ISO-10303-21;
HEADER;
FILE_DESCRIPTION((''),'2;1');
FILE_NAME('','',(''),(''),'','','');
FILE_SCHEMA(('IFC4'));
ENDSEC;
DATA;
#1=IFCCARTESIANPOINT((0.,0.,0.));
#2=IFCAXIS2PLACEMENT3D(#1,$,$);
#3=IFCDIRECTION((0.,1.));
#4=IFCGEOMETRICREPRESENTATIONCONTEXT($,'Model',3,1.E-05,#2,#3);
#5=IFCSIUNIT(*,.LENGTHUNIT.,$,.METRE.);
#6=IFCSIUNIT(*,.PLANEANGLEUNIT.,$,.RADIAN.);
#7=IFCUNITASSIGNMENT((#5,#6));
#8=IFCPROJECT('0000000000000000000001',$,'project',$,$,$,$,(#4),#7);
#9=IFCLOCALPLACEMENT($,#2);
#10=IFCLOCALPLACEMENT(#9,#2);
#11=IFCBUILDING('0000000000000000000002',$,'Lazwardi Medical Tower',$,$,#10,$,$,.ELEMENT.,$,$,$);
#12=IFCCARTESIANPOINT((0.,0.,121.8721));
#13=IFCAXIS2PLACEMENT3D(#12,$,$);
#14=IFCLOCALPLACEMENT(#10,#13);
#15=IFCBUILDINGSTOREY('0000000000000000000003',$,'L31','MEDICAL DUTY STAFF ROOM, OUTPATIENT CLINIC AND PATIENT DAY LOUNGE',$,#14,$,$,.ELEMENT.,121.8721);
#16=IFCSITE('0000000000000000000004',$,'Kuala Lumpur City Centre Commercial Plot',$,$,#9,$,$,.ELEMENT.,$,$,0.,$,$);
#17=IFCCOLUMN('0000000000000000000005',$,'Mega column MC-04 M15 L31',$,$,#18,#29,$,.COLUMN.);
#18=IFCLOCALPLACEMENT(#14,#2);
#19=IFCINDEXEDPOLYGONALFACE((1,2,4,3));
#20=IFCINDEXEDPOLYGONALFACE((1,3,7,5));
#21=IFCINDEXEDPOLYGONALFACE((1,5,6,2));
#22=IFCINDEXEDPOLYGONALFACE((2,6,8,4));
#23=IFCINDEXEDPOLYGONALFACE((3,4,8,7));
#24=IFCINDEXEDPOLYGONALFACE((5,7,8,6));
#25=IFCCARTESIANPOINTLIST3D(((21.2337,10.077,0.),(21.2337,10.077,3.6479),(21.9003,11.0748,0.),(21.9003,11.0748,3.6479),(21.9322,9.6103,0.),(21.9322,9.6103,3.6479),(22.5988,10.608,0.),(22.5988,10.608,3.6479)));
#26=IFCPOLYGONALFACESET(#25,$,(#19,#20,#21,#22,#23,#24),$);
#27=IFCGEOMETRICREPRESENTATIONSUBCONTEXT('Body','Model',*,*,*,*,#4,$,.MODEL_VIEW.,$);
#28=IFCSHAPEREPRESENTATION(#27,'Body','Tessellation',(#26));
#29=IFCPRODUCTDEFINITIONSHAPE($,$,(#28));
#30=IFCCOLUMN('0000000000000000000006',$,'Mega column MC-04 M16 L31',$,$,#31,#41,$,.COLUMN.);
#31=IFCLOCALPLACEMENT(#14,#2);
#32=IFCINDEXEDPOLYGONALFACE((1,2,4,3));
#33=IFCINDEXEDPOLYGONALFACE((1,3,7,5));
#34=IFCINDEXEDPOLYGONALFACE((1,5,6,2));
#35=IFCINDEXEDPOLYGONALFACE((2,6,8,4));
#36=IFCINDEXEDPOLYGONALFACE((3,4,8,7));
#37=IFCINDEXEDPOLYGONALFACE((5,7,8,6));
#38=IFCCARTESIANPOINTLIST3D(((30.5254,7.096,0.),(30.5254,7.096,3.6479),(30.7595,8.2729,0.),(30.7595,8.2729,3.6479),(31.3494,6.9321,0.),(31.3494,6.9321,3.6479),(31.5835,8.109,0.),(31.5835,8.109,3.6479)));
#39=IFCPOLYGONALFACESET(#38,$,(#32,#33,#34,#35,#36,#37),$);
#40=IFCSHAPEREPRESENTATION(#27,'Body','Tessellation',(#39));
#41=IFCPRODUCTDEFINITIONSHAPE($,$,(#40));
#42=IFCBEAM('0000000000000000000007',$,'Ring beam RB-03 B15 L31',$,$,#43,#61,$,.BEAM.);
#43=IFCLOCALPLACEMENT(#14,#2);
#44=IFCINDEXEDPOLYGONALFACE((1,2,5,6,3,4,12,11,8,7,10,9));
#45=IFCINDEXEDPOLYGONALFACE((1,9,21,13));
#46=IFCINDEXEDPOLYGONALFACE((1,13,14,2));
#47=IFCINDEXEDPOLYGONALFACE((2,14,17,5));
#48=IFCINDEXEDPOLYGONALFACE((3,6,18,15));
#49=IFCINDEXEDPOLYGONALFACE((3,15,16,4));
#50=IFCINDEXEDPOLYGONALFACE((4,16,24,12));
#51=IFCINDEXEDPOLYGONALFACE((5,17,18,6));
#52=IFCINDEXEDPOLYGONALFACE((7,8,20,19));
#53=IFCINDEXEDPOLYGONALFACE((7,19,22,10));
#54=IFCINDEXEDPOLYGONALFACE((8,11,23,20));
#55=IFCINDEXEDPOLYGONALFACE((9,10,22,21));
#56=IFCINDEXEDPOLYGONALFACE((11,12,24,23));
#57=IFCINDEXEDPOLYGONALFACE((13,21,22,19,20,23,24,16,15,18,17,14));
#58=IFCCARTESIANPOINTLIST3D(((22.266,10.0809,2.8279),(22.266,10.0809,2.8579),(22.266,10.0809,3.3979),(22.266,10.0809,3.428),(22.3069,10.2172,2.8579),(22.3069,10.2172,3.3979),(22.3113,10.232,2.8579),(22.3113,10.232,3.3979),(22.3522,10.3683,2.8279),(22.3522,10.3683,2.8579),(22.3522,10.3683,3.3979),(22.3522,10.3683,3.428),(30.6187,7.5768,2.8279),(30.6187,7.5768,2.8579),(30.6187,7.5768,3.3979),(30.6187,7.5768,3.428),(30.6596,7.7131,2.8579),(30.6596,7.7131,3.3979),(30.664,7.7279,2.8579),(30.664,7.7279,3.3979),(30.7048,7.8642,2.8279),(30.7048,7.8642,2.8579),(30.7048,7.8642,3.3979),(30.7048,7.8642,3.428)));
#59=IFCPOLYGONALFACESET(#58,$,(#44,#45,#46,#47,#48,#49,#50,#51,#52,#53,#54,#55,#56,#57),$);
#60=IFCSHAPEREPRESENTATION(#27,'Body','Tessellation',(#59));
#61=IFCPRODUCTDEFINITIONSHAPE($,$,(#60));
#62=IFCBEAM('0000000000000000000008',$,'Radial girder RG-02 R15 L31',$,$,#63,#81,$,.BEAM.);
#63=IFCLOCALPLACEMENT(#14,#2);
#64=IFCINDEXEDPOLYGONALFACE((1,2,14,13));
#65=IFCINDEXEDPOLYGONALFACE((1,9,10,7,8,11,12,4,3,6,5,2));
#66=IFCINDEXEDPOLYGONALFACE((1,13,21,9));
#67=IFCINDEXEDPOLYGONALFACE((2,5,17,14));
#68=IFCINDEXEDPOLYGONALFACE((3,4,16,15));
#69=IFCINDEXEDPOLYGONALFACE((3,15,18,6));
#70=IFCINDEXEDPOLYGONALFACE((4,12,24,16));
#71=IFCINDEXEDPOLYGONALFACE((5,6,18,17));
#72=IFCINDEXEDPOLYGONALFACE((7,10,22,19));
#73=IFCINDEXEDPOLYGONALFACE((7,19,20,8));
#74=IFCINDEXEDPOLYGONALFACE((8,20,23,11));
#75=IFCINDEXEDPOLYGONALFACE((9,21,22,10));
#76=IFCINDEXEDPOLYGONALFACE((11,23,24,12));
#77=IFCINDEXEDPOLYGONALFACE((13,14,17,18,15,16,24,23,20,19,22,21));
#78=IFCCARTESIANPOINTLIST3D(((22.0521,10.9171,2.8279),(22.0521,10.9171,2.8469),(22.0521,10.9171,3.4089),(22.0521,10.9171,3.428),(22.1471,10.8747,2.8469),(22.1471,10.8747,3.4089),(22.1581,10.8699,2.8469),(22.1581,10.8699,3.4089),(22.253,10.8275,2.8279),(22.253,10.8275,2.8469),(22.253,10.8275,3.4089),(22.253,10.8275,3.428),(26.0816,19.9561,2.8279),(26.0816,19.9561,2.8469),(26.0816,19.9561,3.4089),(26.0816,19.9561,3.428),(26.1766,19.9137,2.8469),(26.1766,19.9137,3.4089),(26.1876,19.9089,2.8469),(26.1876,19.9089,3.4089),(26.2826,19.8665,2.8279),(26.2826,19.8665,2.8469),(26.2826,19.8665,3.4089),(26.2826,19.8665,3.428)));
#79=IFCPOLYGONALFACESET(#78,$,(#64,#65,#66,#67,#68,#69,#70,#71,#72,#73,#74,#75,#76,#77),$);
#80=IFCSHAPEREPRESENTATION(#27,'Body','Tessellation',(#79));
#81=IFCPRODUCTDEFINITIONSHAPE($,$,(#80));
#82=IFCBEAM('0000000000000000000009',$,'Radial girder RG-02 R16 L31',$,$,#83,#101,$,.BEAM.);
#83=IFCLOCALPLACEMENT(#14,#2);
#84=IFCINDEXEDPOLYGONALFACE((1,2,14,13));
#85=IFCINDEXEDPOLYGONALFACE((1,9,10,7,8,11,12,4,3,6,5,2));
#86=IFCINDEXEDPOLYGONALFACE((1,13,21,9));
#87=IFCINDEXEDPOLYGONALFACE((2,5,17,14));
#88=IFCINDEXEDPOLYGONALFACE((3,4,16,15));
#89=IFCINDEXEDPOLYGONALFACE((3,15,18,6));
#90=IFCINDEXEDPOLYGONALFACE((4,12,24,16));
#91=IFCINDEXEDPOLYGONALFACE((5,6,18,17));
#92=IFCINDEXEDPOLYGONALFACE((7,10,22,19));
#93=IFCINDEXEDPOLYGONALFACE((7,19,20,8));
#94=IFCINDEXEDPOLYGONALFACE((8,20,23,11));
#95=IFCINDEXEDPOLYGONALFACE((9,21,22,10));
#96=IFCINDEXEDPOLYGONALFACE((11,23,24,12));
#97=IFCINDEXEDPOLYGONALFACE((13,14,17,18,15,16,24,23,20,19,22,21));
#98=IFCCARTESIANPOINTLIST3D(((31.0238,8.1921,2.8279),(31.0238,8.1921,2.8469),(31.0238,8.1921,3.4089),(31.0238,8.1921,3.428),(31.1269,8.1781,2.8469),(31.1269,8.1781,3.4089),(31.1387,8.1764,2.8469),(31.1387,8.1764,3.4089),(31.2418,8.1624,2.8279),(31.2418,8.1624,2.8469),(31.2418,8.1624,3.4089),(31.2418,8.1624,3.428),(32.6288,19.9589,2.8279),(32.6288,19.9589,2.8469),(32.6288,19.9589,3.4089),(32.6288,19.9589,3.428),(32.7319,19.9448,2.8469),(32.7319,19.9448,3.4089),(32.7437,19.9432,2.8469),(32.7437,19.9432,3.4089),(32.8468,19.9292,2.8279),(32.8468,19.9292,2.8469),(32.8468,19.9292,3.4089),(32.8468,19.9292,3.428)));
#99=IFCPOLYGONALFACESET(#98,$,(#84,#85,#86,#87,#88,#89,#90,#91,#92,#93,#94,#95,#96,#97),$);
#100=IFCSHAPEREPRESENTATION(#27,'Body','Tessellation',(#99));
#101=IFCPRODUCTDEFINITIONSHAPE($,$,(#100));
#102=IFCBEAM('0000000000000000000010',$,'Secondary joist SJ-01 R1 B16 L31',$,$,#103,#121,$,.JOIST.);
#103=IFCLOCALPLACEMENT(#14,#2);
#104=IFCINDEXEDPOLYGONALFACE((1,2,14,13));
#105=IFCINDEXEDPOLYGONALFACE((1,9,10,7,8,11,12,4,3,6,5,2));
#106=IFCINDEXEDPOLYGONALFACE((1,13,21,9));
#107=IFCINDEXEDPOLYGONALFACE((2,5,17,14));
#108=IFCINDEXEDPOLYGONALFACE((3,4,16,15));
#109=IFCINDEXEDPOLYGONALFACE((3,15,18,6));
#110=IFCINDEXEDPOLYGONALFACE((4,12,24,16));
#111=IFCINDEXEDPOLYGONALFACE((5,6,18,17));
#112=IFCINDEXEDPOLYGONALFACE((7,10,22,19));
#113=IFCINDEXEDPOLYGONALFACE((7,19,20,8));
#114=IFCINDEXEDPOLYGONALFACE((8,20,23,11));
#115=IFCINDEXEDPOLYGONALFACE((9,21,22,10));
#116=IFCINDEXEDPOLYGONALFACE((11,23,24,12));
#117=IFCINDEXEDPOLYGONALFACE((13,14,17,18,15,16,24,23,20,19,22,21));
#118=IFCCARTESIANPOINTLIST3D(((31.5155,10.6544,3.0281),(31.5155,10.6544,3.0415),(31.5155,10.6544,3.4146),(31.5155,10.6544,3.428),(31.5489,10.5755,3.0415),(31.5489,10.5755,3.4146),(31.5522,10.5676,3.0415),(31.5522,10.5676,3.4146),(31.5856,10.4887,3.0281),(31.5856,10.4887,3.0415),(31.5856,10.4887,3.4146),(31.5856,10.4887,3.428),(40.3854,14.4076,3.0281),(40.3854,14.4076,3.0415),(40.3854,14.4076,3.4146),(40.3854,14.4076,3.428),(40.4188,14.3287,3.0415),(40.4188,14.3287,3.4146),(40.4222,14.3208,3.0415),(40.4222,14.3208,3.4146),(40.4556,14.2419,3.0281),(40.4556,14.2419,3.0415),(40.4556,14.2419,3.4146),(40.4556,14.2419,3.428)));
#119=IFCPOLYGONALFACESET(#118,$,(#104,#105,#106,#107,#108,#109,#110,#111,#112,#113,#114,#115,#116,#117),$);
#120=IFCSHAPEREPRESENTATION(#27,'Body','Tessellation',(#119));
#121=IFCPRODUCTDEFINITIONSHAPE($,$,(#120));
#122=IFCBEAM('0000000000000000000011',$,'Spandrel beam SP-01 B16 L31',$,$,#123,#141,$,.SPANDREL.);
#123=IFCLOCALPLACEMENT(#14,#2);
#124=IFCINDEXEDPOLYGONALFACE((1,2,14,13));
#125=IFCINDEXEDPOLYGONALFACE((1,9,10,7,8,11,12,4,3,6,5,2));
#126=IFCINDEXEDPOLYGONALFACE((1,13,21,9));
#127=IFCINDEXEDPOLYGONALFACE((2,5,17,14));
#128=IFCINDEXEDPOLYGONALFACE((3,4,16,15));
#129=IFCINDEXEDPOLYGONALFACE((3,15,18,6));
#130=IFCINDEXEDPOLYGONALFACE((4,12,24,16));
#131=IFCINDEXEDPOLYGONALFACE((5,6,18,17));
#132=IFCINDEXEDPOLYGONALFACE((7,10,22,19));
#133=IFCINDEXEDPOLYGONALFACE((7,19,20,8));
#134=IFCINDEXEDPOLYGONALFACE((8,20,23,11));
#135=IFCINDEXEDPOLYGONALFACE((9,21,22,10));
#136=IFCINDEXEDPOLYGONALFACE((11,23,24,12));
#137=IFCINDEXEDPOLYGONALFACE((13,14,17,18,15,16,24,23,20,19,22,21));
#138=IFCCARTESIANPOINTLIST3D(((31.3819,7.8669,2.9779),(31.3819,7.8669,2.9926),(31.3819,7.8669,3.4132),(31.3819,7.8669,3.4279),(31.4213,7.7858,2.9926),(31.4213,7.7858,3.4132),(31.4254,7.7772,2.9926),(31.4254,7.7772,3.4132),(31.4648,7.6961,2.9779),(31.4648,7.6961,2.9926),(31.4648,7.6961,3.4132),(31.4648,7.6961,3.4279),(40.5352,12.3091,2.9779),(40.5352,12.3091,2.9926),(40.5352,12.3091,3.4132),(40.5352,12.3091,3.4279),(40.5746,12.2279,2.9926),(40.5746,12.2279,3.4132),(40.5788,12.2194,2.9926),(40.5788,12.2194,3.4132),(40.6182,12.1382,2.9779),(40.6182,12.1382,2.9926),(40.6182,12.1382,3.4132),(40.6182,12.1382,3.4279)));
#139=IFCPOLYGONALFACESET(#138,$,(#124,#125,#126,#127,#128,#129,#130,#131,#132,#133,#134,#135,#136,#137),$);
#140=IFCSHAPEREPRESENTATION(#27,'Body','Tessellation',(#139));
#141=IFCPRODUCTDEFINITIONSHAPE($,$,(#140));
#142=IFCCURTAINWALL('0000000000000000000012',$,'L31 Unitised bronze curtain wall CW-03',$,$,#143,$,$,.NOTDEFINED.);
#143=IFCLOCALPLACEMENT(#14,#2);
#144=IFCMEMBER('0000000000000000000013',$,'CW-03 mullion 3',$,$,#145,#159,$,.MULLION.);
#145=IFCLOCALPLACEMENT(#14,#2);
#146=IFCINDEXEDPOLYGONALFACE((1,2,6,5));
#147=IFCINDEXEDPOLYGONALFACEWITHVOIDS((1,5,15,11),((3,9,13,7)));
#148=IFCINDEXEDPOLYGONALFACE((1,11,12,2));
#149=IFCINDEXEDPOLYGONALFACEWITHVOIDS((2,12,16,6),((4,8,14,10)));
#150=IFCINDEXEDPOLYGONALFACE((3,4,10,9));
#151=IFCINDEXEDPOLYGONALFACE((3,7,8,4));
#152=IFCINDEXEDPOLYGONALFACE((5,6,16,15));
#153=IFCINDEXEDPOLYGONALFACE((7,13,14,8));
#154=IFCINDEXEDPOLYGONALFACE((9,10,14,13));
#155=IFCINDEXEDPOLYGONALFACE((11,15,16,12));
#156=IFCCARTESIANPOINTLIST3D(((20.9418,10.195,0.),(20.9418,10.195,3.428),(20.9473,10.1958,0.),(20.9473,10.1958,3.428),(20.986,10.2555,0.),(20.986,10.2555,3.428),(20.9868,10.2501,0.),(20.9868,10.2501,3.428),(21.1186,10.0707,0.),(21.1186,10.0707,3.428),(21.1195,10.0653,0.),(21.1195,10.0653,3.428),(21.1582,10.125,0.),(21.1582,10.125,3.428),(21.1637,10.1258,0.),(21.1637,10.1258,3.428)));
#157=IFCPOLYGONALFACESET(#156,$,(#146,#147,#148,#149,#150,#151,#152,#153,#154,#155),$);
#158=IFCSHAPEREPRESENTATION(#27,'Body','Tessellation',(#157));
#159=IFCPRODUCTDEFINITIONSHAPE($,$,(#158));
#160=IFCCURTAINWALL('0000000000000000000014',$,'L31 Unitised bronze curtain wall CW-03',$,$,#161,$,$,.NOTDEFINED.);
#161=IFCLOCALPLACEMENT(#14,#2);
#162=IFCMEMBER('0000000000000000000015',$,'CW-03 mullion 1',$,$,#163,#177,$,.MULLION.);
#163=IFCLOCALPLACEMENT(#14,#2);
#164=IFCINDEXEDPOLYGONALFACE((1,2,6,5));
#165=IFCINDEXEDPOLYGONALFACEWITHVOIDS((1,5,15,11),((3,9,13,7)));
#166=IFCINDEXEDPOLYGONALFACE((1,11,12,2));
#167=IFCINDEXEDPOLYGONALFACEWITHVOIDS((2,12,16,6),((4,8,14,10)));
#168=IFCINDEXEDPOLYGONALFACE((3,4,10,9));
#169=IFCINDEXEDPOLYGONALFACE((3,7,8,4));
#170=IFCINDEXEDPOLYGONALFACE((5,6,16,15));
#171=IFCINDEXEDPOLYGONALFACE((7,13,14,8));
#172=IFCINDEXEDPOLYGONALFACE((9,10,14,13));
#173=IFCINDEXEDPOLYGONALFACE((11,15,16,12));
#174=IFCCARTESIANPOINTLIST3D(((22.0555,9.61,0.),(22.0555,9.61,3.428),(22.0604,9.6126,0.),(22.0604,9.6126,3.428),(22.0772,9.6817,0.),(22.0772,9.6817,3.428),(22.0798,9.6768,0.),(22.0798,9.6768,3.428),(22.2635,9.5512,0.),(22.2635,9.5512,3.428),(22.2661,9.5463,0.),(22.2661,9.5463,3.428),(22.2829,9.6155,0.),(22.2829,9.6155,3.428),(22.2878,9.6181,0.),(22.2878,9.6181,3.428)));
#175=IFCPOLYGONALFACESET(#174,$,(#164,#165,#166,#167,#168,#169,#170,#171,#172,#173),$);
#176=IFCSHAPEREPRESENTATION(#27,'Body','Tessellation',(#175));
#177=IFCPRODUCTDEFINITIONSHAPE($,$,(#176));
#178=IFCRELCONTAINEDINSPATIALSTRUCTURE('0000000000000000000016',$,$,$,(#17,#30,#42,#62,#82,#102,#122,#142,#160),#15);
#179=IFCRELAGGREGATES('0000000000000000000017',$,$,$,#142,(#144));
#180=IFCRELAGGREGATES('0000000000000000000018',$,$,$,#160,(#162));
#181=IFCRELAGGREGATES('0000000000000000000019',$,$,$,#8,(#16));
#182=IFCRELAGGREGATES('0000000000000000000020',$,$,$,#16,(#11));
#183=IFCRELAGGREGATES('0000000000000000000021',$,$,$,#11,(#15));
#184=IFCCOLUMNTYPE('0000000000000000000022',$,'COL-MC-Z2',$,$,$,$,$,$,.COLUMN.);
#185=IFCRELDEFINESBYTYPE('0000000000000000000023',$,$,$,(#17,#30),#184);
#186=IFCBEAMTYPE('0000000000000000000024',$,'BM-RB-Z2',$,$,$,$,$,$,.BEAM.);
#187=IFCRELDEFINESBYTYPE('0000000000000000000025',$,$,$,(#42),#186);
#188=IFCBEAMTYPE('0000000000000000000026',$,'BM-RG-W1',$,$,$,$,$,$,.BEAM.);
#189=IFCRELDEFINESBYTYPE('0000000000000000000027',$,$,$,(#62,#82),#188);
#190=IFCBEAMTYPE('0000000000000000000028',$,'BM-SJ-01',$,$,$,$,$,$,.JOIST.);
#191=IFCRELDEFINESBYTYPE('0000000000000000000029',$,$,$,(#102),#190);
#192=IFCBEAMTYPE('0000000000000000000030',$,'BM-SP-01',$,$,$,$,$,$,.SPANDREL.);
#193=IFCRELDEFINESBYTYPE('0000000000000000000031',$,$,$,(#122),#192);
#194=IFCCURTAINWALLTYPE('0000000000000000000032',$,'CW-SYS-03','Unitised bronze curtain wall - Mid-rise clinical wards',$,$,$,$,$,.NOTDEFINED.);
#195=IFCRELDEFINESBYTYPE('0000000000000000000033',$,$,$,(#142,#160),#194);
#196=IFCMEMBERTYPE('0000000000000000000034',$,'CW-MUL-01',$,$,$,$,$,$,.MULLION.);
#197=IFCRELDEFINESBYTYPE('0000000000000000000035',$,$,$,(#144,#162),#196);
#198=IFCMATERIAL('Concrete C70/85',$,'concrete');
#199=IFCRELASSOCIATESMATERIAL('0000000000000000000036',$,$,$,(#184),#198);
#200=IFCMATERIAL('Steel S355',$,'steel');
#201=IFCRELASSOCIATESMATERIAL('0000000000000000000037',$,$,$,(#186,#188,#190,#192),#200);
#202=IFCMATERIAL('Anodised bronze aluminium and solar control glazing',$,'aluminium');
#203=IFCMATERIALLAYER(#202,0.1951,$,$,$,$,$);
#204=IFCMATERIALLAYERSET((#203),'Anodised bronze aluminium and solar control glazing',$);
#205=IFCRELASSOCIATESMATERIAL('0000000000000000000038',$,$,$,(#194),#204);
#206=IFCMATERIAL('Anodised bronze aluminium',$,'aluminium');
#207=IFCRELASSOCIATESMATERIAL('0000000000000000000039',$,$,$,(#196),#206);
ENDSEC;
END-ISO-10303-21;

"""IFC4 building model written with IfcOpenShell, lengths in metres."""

from ifc_helpers import new_model, si_unit, direction, frame, origin, origin_2d, place, context, subcontext, project, spatial, rectangle, hollow_rectangle, i_section, extrude, material, layer, layer_set, material_profile, profile_set, type_object, element, aggregate, save


model = new_model("IFC4")

# Units and contexts
model_context = context("Model", 3, precision=1e-05, world=origin(), true_north=direction((0.0, 1.0)))
body_context = subcontext(model_context, "Body", "Model", "MODEL_VIEW")
ifc_project = project(units=[si_unit("LENGTHUNIT", "METRE"), si_unit("PLANEANGLEUNIT", "RADIAN")], contexts=[model_context])

# Site, building, storey
site_placement = place(None, origin())
site = spatial("IfcSite", under=ifc_project, at=site_placement, Name="Kuala Lumpur City Centre Commercial Plot", CompositionType="ELEMENT", RefElevation=0.0)
building_placement = place(site_placement, origin())
building = spatial("IfcBuilding", under=site, at=building_placement, Name="Lazwardi Medical Tower", CompositionType="ELEMENT")
storey_placement = place(building_placement, frame((0.0, 0.0, 121.8721)))
storey = spatial("IfcBuildingStorey", under=building, at=storey_placement, Name="L31", Description="MEDICAL DUTY STAFF ROOM, OUTPATIENT CLINIC AND PATIENT DAY LOUNGE", CompositionType="ELEMENT", Elevation=121.8721)

# Columns
ifc_material_1 = material(Name="Concrete C70/85", Category="concrete")
ifc_material_profile_1 = material_profile(ifc_material_1, rectangle(XDim=1.2, YDim=0.8401, at=origin_2d()), Name="CFT-RECT 1200x840")
ifc_profile_set_1 = profile_set([ifc_material_profile_1], Name="Concrete C70/85")
column_type = type_object("IfcColumnType", Name="COL-MC-Z2", PredefinedType="COLUMN", material=ifc_profile_set_1)
for number, where, z_axis, x_axis, name in (
    (1, (21.9163, 10.3425, 0.0), (0.0, 0.0, 1.0), (-0.55557, -0.83147, 0.0), "Mega column MC-04 M15 L31"),
    (2, (31.0544, 7.6025, 0.0), (0.0, 0.0, 1.0), (-0.19509, -0.980785, 0.0), "Mega column MC-04 M16 L31"),
):
    element("IfcColumn", number, at=place(storey_placement, frame(where, z_axis=z_axis, x_axis=x_axis)), inside=storey, type_object=column_type, Name=name, PredefinedType="COLUMN", context=body_context, shape_type="SweptSolid", body=[
        extrude(rectangle(XDim=1.2, YDim=0.8401, at=origin_2d()), origin(), (0.0, 0.0, 1.0), 3.6479),
    ])

# Beams
ifc_material_2 = material(Name="Steel S355", Category="steel")
ifc_material_profile_2 = material_profile(ifc_material_2, i_section(OverallWidth=0.3, OverallDepth=0.6001, WebThickness=0.0154, FlangeThickness=0.03, at=origin_2d()), Name="HEB 600")
ifc_profile_set_2 = profile_set([ifc_material_profile_2], Name="Steel S355")
beam_type_1 = type_object("IfcBeamType", Name="BM-RB-Z2", PredefinedType="BEAM", material=ifc_profile_set_2)
beam_1_placement = place(storey_placement, frame((22.3091, 10.2246, 3.1279), z_axis=(0.957879, -0.287171, 0.0), x_axis=(0.287171, 0.957879, 0.0)))
element("IfcBeam", 3, at=beam_1_placement, inside=storey, type_object=beam_type_1, Name="Ring beam RB-03 B15 L31", PredefinedType="BEAM", context=body_context, shape_type="SweptSolid", body=[
    extrude(i_section(OverallWidth=0.3, OverallDepth=0.6001, WebThickness=0.0154, FlangeThickness=0.03, at=origin_2d()), origin(), (0.0, 0.0, 1.0), 8.72),
])
ifc_material_profile_3 = material_profile(ifc_material_2, i_section(OverallWidth=0.22, OverallDepth=0.6001, WebThickness=0.012, FlangeThickness=0.019, at=origin_2d()), Name="IPE 600")
ifc_profile_set_3 = profile_set([ifc_material_profile_3], Name="Steel S355")
beam_type_2 = type_object("IfcBeamType", Name="BM-RG-W1", PredefinedType="BEAM", material=ifc_profile_set_3)
beam_2_placement = place(storey_placement, frame((22.1526, 10.8723, 3.1279), z_axis=(0.407166, 0.913354, 0.0), x_axis=(-0.913354, 0.407166, 0.0)))
element("IfcBeam", 4, at=beam_2_placement, inside=storey, type_object=beam_type_2, Name="Radial girder RG-02 R15 L31", PredefinedType="BEAM", context=body_context, shape_type="SweptSolid", body=[
    extrude(i_section(OverallWidth=0.22, OverallDepth=0.6001, WebThickness=0.012, FlangeThickness=0.019, at=origin_2d()), origin(), (0.0, 0.0, 1.0), 9.8965),
])
beam_3_placement = place(storey_placement, frame((31.1328, 8.1772, 3.1279), z_axis=(0.135147, 0.990826, 0.0), x_axis=(-0.990826, 0.135147, 0.0)))
element("IfcBeam", 5, at=beam_3_placement, inside=storey, type_object=beam_type_2, Name="Radial girder RG-02 R16 L31", PredefinedType="BEAM", context=body_context, shape_type="SweptSolid", body=[
    extrude(i_section(OverallWidth=0.22, OverallDepth=0.6001, WebThickness=0.012, FlangeThickness=0.019, at=origin_2d()), origin(), (0.0, 0.0, 1.0), 11.8757),
])
ifc_material_profile_4 = material_profile(ifc_material_2, i_section(OverallWidth=0.1799, OverallDepth=0.3999, WebThickness=0.0085, FlangeThickness=0.0134, at=origin_2d()), Name="IPE 400")
ifc_profile_set_4 = profile_set([ifc_material_profile_4], Name="Steel S355")
beam_type_3 = type_object("IfcBeamType", Name="BM-SJ-01", PredefinedType="JOIST", material=ifc_profile_set_4)
beam_4_placement = place(storey_placement, frame((31.5505, 10.5715, 3.228), z_axis=(0.920947, 0.389687, 0.0), x_axis=(-0.389687, 0.920947, 0.0)))
element("IfcBeam", 6, at=beam_4_placement, inside=storey, type_object=beam_type_3, Name="Secondary joist SJ-01 R1 B16 L31", PredefinedType="JOIST", context=body_context, shape_type="SweptSolid", body=[
    extrude(i_section(OverallWidth=0.1799, OverallDepth=0.3999, WebThickness=0.0085, FlangeThickness=0.0134, at=origin_2d()), origin(), (0.0, 0.0, 1.0), 9.6313),
])
ifc_material_profile_5 = material_profile(ifc_material_2, i_section(OverallWidth=0.1899, OverallDepth=0.45, WebThickness=0.0095, FlangeThickness=0.0146, at=origin_2d()), Name="IPE 450")
ifc_profile_set_5 = profile_set([ifc_material_profile_5], Name="Steel S355")
beam_type_4 = type_object("IfcBeamType", Name="BM-SP-01", PredefinedType="SPANDREL", material=ifc_profile_set_5)
beam_5_placement = place(storey_placement, frame((31.4233, 7.7815, 3.2029), z_axis=(0.899653, 0.436605, 0.0), x_axis=(-0.436605, 0.899653, 0.0)))
element("IfcBeam", 7, at=beam_5_placement, inside=storey, type_object=beam_type_4, Name="Spandrel beam SP-01 B16 L31", PredefinedType="SPANDREL", context=body_context, shape_type="SweptSolid", body=[
    extrude(i_section(OverallWidth=0.1899, OverallDepth=0.45, WebThickness=0.0095, FlangeThickness=0.0146, at=origin_2d()), origin(), (0.0, 0.0, 1.0), 10.1743),
])

# Curtain wall, member
ifc_material_3 = material(Name="Anodised bronze aluminium and solar control glazing", Category="aluminium")
ifc_layer_1 = layer(ifc_material_3, 0.1951)
ifc_layer_set_1 = layer_set([ifc_layer_1], Name="Anodised bronze aluminium and solar control glazing")
curtain_wall_type = type_object("IfcCurtainWallType", Name="CW-SYS-03", Description="Unitised bronze curtain wall - Mid-rise clinical wards", PredefinedType="NOTDEFINED", material=ifc_layer_set_1)
curtain_wall_1_placement = place(storey_placement, origin())
curtain_wall_1 = element("IfcCurtainWall", 8, at=curtain_wall_1_placement, inside=storey, type_object=curtain_wall_type, Name="L31 Unitised bronze curtain wall CW-03", PredefinedType="NOTDEFINED")
ifc_material_4 = material(Name="Anodised bronze aluminium", Category="aluminium")
ifc_material_profile_6 = material_profile(ifc_material_4, hollow_rectangle(XDim=0.075, YDim=0.22, WallThickness=0.0039, at=origin_2d()), Name="ALU-MULLION 220x75x4")
ifc_profile_set_6 = profile_set([ifc_material_profile_6], Name="Anodised bronze aluminium")
member_type_1 = type_object("IfcMemberType", Name="CW-MUL-01", PredefinedType="MULLION", material=ifc_profile_set_6)
member_1_placement = place(storey_placement, frame((21.0527, 10.1604, 0.0), z_axis=(0.0, 0.0, 1.0), x_axis=(0.589531, 0.807746, 0.0)))
member_1 = element("IfcMember", 9, at=member_1_placement, type_object=member_type_1, Name="CW-03 mullion 3", PredefinedType="MULLION", context=body_context, shape_type="SweptSolid", body=[
    extrude(hollow_rectangle(XDim=0.075, YDim=0.22, WallThickness=0.0039, at=origin_2d()), origin(), (0.0, 0.0, 1.0), 3.428),
])
aggregate(curtain_wall_1, [member_1])

# Curtain wall, member
curtain_wall_2_placement = place(storey_placement, origin())
curtain_wall_2 = element("IfcCurtainWall", 10, at=curtain_wall_2_placement, inside=storey, type_object=curtain_wall_type, Name="L31 Unitised bronze curtain wall CW-03", PredefinedType="NOTDEFINED")
member_2_placement = place(storey_placement, frame((22.1716, 9.614, 0.0), z_axis=(0.0, 0.0, 1.0), x_axis=(0.289374, 0.957216, 0.0)))
member_2 = element("IfcMember", 11, at=member_2_placement, type_object=member_type_1, Name="CW-03 mullion 1", PredefinedType="MULLION", context=body_context, shape_type="SweptSolid", body=[
    extrude(hollow_rectangle(XDim=0.075, YDim=0.22, WallThickness=0.0039, at=origin_2d()), origin(), (0.0, 0.0, 1.0), 3.428),
])
aggregate(curtain_wall_2, [member_2])

save(model, "model.ifc")
